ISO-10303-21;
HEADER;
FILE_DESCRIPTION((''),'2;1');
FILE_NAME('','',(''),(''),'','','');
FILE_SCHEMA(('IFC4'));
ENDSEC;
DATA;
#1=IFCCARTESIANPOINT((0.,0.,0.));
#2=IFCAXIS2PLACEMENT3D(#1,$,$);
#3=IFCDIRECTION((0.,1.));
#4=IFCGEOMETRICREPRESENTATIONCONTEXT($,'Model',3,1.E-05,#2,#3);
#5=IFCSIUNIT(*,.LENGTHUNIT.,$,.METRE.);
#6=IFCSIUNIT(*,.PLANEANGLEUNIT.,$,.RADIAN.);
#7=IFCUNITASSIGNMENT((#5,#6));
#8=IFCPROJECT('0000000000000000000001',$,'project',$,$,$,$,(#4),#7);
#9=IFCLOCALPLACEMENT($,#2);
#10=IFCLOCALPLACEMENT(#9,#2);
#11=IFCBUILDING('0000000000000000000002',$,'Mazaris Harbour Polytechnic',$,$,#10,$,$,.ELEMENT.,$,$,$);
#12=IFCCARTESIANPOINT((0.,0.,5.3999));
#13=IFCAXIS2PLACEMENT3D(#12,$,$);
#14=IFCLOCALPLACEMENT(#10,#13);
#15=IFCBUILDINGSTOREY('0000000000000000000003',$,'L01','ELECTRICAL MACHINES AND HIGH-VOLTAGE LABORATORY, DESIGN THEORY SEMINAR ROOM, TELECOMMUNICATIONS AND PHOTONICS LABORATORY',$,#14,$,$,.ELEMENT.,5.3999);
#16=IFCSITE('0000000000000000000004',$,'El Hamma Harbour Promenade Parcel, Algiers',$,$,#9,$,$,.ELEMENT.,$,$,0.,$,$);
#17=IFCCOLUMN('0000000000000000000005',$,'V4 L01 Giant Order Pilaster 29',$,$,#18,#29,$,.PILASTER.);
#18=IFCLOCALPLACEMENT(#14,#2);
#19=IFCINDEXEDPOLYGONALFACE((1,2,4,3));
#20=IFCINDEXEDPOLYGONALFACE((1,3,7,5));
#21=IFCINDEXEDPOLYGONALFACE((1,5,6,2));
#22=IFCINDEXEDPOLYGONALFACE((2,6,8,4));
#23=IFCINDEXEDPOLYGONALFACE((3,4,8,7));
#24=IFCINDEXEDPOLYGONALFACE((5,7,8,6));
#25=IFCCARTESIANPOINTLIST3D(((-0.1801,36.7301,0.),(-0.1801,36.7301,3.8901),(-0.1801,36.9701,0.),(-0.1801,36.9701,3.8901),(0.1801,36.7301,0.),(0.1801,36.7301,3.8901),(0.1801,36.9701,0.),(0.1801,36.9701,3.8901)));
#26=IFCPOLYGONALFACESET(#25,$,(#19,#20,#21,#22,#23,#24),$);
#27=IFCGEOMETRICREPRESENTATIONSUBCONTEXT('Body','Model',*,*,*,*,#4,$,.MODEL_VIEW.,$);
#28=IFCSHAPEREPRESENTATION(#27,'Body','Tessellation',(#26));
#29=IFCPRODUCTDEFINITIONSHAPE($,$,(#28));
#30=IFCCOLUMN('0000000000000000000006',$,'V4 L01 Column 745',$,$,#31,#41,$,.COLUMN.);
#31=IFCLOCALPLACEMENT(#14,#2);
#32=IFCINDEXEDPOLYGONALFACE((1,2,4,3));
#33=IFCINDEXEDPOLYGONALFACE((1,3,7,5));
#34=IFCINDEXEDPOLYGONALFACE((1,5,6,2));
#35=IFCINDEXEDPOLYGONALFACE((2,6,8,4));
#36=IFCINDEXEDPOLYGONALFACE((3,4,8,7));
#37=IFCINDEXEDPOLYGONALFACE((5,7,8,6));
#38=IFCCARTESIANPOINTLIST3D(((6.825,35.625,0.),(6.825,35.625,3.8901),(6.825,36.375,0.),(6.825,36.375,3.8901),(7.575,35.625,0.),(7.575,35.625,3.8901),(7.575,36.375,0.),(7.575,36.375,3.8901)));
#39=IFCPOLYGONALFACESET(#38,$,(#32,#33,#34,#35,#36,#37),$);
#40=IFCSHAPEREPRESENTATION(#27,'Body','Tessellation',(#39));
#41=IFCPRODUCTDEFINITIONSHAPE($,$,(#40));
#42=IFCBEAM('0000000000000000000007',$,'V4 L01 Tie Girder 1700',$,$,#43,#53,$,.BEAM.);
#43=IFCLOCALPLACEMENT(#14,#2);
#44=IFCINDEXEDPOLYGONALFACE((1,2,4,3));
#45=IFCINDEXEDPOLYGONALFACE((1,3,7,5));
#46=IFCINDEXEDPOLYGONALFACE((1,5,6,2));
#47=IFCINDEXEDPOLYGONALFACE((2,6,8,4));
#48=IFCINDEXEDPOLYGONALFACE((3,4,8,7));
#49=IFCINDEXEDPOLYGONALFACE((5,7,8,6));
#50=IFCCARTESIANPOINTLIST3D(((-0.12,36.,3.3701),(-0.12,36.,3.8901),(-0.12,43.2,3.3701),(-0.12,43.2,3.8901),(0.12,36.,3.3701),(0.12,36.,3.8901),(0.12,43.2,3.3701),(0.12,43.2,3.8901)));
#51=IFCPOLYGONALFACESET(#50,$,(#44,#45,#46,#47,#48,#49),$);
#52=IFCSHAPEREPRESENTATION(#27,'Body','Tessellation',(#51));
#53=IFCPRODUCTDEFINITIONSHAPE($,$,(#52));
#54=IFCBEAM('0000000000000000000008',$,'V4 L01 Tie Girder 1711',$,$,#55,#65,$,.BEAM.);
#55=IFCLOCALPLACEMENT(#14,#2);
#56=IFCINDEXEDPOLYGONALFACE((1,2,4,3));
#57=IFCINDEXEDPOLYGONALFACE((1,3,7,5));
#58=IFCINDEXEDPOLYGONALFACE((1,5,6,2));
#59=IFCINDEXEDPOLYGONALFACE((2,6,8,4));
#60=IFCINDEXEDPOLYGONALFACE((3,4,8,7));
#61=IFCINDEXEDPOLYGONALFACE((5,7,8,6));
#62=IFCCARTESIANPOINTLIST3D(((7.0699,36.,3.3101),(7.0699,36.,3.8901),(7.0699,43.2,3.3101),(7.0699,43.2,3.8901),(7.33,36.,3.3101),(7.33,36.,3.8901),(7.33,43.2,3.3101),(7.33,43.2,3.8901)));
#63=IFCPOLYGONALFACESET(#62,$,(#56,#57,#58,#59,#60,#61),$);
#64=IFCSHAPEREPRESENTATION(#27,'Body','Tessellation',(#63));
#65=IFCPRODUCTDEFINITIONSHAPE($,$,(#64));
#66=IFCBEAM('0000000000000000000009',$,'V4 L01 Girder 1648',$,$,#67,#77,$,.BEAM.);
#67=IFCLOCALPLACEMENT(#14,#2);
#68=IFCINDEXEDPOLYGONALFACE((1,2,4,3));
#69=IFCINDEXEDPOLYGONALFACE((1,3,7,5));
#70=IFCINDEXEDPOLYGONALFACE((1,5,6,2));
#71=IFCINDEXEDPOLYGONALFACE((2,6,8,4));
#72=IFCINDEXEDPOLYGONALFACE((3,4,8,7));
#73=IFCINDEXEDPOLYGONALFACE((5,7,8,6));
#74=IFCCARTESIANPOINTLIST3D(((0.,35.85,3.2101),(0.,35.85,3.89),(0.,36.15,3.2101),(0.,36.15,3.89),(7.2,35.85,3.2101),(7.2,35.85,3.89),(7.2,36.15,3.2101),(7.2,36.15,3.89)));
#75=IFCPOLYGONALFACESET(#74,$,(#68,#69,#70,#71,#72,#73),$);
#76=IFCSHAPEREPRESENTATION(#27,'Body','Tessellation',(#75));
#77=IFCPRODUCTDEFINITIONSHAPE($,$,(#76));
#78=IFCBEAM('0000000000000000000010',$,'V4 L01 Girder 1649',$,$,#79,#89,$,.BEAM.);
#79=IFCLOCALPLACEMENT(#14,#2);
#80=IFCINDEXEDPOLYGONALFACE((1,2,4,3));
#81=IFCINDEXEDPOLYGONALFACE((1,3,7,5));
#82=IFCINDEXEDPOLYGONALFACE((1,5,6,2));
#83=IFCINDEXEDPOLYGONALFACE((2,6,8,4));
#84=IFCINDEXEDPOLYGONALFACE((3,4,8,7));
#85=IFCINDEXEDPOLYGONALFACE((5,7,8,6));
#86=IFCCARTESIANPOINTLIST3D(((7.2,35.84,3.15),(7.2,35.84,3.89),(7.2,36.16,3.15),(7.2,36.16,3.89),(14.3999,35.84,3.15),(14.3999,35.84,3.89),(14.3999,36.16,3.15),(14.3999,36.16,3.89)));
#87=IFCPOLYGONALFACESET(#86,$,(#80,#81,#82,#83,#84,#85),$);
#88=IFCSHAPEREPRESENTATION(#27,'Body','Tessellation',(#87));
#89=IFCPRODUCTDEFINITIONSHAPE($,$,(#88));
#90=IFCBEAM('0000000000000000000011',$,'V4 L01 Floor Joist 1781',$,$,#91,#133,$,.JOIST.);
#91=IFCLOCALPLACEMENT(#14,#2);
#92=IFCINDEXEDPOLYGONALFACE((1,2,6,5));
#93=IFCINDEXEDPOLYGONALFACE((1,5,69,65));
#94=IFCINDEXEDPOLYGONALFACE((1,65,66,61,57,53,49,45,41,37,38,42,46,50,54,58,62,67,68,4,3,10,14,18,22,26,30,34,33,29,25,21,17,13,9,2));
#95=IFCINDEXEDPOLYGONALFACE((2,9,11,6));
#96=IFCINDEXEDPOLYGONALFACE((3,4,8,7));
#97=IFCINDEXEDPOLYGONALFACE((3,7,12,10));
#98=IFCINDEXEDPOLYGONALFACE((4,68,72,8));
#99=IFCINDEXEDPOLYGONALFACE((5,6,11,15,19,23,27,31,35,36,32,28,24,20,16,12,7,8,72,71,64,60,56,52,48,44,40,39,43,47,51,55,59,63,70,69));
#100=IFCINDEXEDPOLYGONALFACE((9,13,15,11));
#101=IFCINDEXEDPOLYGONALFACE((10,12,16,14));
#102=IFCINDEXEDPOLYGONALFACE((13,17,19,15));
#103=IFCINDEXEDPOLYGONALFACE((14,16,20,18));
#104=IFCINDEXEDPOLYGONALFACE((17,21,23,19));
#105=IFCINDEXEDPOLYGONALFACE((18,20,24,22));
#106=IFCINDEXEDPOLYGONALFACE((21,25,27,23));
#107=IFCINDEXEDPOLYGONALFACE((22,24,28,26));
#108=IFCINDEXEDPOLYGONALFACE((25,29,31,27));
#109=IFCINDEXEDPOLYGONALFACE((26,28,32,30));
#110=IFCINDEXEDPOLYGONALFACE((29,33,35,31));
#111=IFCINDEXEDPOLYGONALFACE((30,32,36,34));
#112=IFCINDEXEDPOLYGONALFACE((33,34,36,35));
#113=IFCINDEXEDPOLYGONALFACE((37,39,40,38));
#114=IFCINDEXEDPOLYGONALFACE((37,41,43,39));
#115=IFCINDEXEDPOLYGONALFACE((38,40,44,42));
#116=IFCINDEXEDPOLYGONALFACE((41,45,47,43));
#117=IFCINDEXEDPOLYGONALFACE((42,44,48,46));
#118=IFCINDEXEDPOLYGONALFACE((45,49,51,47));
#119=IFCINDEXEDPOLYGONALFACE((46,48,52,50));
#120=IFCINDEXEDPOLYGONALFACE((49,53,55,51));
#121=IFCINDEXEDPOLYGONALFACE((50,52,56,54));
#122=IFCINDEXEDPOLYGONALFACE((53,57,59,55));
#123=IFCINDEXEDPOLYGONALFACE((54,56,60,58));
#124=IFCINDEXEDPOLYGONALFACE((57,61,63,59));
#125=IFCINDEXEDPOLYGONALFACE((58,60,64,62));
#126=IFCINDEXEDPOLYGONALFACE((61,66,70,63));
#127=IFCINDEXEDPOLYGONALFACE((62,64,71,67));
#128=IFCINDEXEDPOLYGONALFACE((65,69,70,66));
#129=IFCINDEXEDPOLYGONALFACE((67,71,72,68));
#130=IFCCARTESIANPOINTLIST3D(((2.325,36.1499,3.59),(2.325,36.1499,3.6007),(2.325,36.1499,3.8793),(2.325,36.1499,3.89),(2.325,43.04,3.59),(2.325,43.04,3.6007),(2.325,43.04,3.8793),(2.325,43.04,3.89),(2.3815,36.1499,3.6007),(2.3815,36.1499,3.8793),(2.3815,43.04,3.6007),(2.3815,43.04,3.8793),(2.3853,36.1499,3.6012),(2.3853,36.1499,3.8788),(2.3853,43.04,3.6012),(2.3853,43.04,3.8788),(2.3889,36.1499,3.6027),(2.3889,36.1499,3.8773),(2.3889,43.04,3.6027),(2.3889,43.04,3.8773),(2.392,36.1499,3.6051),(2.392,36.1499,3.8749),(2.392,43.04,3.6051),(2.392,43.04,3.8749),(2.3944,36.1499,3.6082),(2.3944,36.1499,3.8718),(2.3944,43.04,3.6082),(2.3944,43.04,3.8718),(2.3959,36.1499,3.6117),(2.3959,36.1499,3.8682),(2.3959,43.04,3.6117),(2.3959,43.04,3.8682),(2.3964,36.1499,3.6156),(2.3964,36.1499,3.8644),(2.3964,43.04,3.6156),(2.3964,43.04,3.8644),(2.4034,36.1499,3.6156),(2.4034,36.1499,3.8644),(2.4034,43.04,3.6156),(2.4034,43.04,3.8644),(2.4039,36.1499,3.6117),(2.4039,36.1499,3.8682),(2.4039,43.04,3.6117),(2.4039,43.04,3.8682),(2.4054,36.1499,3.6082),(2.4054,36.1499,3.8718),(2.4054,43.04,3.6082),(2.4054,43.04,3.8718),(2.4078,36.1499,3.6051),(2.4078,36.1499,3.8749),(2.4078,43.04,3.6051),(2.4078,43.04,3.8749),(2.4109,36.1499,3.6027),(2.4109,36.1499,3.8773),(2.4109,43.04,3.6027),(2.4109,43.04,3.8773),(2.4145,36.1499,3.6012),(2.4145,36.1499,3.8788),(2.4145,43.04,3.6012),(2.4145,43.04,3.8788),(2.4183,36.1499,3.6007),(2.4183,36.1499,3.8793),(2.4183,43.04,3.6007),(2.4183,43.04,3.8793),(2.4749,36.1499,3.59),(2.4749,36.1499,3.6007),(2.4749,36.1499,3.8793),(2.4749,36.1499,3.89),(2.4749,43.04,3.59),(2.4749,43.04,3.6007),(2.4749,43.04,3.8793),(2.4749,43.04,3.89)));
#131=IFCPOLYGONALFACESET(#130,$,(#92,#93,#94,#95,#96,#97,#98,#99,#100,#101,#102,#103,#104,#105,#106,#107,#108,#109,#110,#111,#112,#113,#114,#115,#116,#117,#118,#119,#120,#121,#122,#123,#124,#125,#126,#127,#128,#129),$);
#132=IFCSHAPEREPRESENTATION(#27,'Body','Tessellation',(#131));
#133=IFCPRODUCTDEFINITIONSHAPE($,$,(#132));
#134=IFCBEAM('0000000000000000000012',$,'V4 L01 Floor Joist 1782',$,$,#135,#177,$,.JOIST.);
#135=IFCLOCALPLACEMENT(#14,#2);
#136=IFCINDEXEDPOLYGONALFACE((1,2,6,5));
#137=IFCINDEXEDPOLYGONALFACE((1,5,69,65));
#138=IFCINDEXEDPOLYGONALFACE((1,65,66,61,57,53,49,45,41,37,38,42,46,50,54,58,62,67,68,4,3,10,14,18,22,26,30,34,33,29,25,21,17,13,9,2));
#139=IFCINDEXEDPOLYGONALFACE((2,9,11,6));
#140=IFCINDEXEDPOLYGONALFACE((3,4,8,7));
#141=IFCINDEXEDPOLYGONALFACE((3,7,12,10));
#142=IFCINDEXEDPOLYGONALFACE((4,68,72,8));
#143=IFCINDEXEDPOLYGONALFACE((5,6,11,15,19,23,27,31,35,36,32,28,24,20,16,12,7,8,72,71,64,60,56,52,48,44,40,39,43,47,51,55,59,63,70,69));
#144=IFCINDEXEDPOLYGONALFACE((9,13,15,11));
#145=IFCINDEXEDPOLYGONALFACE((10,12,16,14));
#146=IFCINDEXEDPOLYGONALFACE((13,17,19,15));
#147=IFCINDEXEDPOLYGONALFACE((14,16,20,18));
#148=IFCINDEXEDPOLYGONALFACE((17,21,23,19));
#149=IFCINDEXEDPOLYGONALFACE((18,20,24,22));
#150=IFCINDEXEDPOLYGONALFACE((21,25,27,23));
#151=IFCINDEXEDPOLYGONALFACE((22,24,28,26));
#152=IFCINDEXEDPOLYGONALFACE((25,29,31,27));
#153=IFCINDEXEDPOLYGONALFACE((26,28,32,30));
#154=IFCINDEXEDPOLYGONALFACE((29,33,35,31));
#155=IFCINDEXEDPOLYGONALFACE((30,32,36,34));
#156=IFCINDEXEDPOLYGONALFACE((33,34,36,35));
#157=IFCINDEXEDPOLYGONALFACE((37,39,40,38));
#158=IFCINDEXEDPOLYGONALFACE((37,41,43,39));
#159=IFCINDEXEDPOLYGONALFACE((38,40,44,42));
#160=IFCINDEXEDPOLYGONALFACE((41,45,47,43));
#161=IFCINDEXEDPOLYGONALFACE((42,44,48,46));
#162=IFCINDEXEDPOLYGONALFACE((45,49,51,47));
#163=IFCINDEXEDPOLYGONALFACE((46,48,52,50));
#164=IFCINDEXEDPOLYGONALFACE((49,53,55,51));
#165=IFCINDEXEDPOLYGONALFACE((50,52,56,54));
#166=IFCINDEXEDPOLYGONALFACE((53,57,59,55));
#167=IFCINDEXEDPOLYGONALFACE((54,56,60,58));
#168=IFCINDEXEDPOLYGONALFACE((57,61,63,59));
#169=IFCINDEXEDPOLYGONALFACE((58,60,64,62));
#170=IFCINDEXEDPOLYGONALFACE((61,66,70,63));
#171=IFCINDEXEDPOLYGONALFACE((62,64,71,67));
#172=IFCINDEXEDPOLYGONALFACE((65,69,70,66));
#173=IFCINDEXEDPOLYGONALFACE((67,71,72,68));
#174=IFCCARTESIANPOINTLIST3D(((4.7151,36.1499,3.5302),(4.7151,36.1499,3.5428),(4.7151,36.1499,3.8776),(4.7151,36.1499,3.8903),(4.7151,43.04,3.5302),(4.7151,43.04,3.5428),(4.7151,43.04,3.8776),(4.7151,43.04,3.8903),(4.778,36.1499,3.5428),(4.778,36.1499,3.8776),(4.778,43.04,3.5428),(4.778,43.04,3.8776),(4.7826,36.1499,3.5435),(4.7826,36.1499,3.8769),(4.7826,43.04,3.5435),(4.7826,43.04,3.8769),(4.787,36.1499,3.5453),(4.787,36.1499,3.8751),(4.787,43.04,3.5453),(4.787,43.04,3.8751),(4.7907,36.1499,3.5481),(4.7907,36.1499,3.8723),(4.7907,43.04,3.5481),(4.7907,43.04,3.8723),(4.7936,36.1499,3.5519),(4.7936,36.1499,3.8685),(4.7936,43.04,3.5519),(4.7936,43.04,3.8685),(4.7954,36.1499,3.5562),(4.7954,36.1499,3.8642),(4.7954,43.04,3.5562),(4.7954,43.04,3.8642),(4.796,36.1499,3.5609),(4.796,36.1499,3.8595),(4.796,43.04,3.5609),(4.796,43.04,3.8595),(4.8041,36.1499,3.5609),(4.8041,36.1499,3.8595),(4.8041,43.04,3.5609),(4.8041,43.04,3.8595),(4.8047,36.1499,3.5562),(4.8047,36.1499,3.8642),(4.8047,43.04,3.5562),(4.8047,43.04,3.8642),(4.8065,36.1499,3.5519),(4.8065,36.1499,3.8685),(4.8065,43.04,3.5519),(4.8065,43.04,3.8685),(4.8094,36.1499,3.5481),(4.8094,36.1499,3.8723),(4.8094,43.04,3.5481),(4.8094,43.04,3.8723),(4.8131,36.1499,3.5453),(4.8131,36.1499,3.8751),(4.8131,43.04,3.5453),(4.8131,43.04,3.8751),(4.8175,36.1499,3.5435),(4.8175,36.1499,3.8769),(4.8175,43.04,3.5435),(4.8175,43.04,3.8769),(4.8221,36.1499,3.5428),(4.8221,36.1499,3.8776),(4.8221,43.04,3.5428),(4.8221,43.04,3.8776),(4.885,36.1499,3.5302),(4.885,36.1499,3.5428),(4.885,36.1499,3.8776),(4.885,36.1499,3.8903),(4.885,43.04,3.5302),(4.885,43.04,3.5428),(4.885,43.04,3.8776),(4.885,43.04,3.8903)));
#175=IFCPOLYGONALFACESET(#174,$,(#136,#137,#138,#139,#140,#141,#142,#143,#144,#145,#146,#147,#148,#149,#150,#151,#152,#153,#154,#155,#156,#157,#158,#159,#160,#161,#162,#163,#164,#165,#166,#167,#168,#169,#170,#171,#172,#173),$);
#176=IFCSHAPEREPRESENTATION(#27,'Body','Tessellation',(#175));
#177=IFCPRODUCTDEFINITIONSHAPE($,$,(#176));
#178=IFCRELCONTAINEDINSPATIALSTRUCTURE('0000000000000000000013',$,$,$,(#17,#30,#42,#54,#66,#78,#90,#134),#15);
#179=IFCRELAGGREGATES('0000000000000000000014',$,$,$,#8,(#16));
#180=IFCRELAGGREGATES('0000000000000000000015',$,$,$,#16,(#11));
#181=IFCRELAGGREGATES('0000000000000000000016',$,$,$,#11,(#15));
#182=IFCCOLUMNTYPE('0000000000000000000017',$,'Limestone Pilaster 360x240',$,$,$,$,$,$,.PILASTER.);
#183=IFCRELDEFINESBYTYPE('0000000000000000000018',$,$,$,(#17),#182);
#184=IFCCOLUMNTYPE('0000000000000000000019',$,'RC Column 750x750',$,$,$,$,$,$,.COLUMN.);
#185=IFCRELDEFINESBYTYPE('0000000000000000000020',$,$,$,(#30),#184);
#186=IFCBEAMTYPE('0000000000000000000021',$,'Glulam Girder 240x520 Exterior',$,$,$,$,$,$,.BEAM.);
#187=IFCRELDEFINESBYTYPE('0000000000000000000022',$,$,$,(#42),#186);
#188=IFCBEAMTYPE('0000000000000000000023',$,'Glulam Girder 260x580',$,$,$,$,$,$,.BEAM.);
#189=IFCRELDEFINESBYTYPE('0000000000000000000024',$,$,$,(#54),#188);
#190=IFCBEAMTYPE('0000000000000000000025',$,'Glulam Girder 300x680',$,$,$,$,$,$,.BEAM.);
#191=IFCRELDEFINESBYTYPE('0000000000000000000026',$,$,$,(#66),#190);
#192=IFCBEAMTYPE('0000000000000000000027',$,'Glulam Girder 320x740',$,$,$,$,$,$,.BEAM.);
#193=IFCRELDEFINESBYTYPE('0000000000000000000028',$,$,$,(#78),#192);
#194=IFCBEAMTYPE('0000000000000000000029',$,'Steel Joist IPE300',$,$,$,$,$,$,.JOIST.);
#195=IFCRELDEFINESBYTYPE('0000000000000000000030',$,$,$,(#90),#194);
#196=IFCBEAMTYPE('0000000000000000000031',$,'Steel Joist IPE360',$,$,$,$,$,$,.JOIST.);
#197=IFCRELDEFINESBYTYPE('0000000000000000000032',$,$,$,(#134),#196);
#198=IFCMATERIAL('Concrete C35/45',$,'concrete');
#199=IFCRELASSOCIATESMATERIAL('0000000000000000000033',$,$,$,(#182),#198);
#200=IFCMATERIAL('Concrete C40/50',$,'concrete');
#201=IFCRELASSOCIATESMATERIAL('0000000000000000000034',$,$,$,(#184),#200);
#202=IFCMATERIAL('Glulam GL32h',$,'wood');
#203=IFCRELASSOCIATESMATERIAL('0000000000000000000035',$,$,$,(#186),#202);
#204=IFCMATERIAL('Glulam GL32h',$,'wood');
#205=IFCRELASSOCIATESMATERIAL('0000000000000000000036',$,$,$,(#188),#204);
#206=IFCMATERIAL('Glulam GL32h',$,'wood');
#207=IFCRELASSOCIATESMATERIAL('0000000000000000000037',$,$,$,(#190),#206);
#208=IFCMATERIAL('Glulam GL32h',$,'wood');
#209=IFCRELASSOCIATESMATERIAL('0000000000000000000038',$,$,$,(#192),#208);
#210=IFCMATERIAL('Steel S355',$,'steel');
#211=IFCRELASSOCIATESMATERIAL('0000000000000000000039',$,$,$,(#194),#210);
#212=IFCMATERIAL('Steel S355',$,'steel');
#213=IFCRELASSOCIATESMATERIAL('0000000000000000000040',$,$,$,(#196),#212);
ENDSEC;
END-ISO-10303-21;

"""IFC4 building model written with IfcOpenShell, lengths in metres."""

from ifc_helpers import new_model, si_unit, direction, frame, origin, origin_2d, place, context, subcontext, project, spatial, rectangle, i_section, extrude, material, material_profile, profile_set, type_object, element, save


model = new_model("IFC4")

# Units and contexts
model_context = context("Model", 3, precision=1e-05, world=origin(), true_north=direction((0.0, 1.0)))
body_context = subcontext(model_context, "Body", "Model", "MODEL_VIEW")
ifc_project = project(units=[si_unit("LENGTHUNIT", "METRE"), si_unit("PLANEANGLEUNIT", "RADIAN")], contexts=[model_context])

# Site, building, storey
site_placement = place(None, origin())
site = spatial("IfcSite", under=ifc_project, at=site_placement, Name="El Hamma Harbour Promenade Parcel, Algiers", CompositionType="ELEMENT", RefElevation=0.0)
building_placement = place(site_placement, origin())
building = spatial("IfcBuilding", under=site, at=building_placement, Name="Mazaris Harbour Polytechnic", CompositionType="ELEMENT")
storey_placement = place(building_placement, frame((0.0, 0.0, 5.3999)))
storey = spatial("IfcBuildingStorey", under=building, at=storey_placement, Name="L01", Description="ELECTRICAL MACHINES AND HIGH-VOLTAGE LABORATORY, DESIGN THEORY SEMINAR ROOM, TELECOMMUNICATIONS AND PHOTONICS LABORATORY", CompositionType="ELEMENT", Elevation=5.3999)

# Columns
ifc_material_1 = material(Name="Concrete C35/45", Category="concrete")
ifc_material_profile_1 = material_profile(ifc_material_1, rectangle(XDim=0.3601, YDim=0.24, at=origin_2d()), Name="RECT360x240")
ifc_profile_set_1 = profile_set([ifc_material_profile_1], Name="Concrete C35/45")
column_type_1 = type_object("IfcColumnType", Name="Limestone Pilaster 360x240", PredefinedType="PILASTER", material=ifc_profile_set_1)
column_1_placement = place(storey_placement, frame((0.0, 36.8501, 0.0), z_axis=(0.0, 0.0, 1.0), x_axis=(1.0, 0.0, 0.0)))
element("IfcColumn", 1, at=column_1_placement, inside=storey, type_object=column_type_1, Name="V4 L01 Giant Order Pilaster 29", PredefinedType="PILASTER", context=body_context, shape_type="SweptSolid", body=[
    extrude(rectangle(XDim=0.3601, YDim=0.24, at=origin_2d()), origin(), (0.0, 0.0, 1.0), 3.8901),
])
ifc_material_2 = material(Name="Concrete C40/50", Category="concrete")
ifc_material_profile_2 = material_profile(ifc_material_2, rectangle(XDim=0.75, YDim=0.75, at=origin_2d()), Name="RECT750x750")
ifc_profile_set_2 = profile_set([ifc_material_profile_2], Name="Concrete C40/50")
column_type_2 = type_object("IfcColumnType", Name="RC Column 750x750", PredefinedType="COLUMN", material=ifc_profile_set_2)
column_2_placement = place(storey_placement, frame((7.2, 36.0, 0.0), z_axis=(0.0, 0.0, 1.0), x_axis=(1.0, 0.0, 0.0)))
element("IfcColumn", 2, at=column_2_placement, inside=storey, type_object=column_type_2, Name="V4 L01 Column 745", PredefinedType="COLUMN", context=body_context, shape_type="SweptSolid", body=[
    extrude(rectangle(XDim=0.75, YDim=0.75, at=origin_2d()), origin(), (0.0, 0.0, 1.0), 3.8901),
])

# Beams
ifc_material_3 = material(Name="Glulam GL32h", Category="wood")
ifc_material_profile_3 = material_profile(ifc_material_3, rectangle(XDim=0.24, YDim=0.52, at=origin_2d()), Name="RECT240x520")
ifc_profile_set_3 = profile_set([ifc_material_profile_3], Name="Glulam GL32h")
beam_type_1 = type_object("IfcBeamType", Name="Glulam Girder 240x520 Exterior", PredefinedType="BEAM", material=ifc_profile_set_3)
beam_1_placement = place(storey_placement, frame((0.0, 36.0, 3.6301), z_axis=(0.0, 1.0, 0.0), x_axis=(-1.0, 0.0, 0.0)))
element("IfcBeam", 3, at=beam_1_placement, inside=storey, type_object=beam_type_1, Name="V4 L01 Tie Girder 1700", PredefinedType="BEAM", context=body_context, shape_type="SweptSolid", body=[
    extrude(rectangle(XDim=0.24, YDim=0.52, at=origin_2d()), origin(), (0.0, 0.0, 1.0), 7.2),
])
ifc_material_4 = material(Name="Glulam GL32h", Category="wood")
ifc_material_profile_4 = material_profile(ifc_material_4, rectangle(XDim=0.26, YDim=0.5801, at=origin_2d()), Name="RECT260x580")
ifc_profile_set_4 = profile_set([ifc_material_profile_4], Name="Glulam GL32h")
beam_type_2 = type_object("IfcBeamType", Name="Glulam Girder 260x580", PredefinedType="BEAM", material=ifc_profile_set_4)
beam_2_placement = place(storey_placement, frame((7.2, 36.0, 3.6001), z_axis=(0.0, 1.0, 0.0), x_axis=(-1.0, 0.0, 0.0)))
element("IfcBeam", 4, at=beam_2_placement, inside=storey, type_object=beam_type_2, Name="V4 L01 Tie Girder 1711", PredefinedType="BEAM", context=body_context, shape_type="SweptSolid", body=[
    extrude(rectangle(XDim=0.26, YDim=0.5801, at=origin_2d()), origin(), (0.0, 0.0, 1.0), 7.2),
])
ifc_material_5 = material(Name="Glulam GL32h", Category="wood")
ifc_material_profile_5 = material_profile(ifc_material_5, rectangle(XDim=0.3, YDim=0.6799, at=origin_2d()), Name="RECT300x680")
ifc_profile_set_5 = profile_set([ifc_material_profile_5], Name="Glulam GL32h")
beam_type_3 = type_object("IfcBeamType", Name="Glulam Girder 300x680", PredefinedType="BEAM", material=ifc_profile_set_5)
beam_3_placement = place(storey_placement, frame((0.0, 36.0, 3.55), z_axis=(1.0, 0.0, 0.0), x_axis=(0.0, 1.0, 0.0)))
element("IfcBeam", 5, at=beam_3_placement, inside=storey, type_object=beam_type_3, Name="V4 L01 Girder 1648", PredefinedType="BEAM", context=body_context, shape_type="SweptSolid", body=[
    extrude(rectangle(XDim=0.3, YDim=0.6799, at=origin_2d()), origin(), (0.0, 0.0, 1.0), 7.2),
])
ifc_material_6 = material(Name="Glulam GL32h", Category="wood")
ifc_material_profile_6 = material_profile(ifc_material_6, rectangle(XDim=0.3201, YDim=0.74, at=origin_2d()), Name="RECT320x740")
ifc_profile_set_6 = profile_set([ifc_material_profile_6], Name="Glulam GL32h")
beam_type_4 = type_object("IfcBeamType", Name="Glulam Girder 320x740", PredefinedType="BEAM", material=ifc_profile_set_6)
beam_4_placement = place(storey_placement, frame((7.2, 36.0, 3.52), z_axis=(1.0, 0.0, 0.0), x_axis=(0.0, 1.0, 0.0)))
element("IfcBeam", 6, at=beam_4_placement, inside=storey, type_object=beam_type_4, Name="V4 L01 Girder 1649", PredefinedType="BEAM", context=body_context, shape_type="SweptSolid", body=[
    extrude(rectangle(XDim=0.3201, YDim=0.74, at=origin_2d()), origin(), (0.0, 0.0, 1.0), 7.2),
])
ifc_material_7 = material(Name="Steel S355", Category="steel")
ifc_material_profile_7 = material_profile(ifc_material_7, i_section(OverallWidth=0.1499, OverallDepth=0.3, WebThickness=0.0071, FlangeThickness=0.0107, FilletRadius=0.0149, at=origin_2d()), Name="IPE 300")
ifc_profile_set_7 = profile_set([ifc_material_profile_7], Name="Steel S355")
beam_type_5 = type_object("IfcBeamType", Name="Steel Joist IPE300", PredefinedType="JOIST", material=ifc_profile_set_7)
beam_5_placement = place(storey_placement, frame((2.3999, 36.1499, 3.74), z_axis=(0.0, 1.0, 0.0), x_axis=(-1.0, 0.0, 0.0)))
element("IfcBeam", 7, at=beam_5_placement, inside=storey, type_object=beam_type_5, Name="V4 L01 Floor Joist 1781", PredefinedType="JOIST", context=body_context, shape_type="SweptSolid", body=[
    extrude(i_section(OverallWidth=0.1499, OverallDepth=0.3, WebThickness=0.0071, FlangeThickness=0.0107, FilletRadius=0.0149, at=origin_2d()), origin(), (0.0, 0.0, 1.0), 6.8901),
])
ifc_material_8 = material(Name="Steel S355", Category="steel")
ifc_material_profile_8 = material_profile(ifc_material_8, i_section(OverallWidth=0.1699, OverallDepth=0.3601, WebThickness=0.0081, FlangeThickness=0.0127, FilletRadius=0.0181, at=origin_2d()), Name="IPE 360")
ifc_profile_set_8 = profile_set([ifc_material_profile_8], Name="Steel S355")
beam_type_6 = type_object("IfcBeamType", Name="Steel Joist IPE360", PredefinedType="JOIST", material=ifc_profile_set_8)
beam_6_placement = place(storey_placement, frame((4.8, 36.1499, 3.7102), z_axis=(0.0, 1.0, 0.0), x_axis=(-1.0, 0.0, 0.0)))
element("IfcBeam", 8, at=beam_6_placement, inside=storey, type_object=beam_type_6, Name="V4 L01 Floor Joist 1782", PredefinedType="JOIST", context=body_context, shape_type="SweptSolid", body=[
    extrude(i_section(OverallWidth=0.1699, OverallDepth=0.3601, WebThickness=0.0081, FlangeThickness=0.0127, FilletRadius=0.0181, at=origin_2d()), origin(), (0.0, 0.0, 1.0), 6.8901),
])

save(model, "model.ifc")
